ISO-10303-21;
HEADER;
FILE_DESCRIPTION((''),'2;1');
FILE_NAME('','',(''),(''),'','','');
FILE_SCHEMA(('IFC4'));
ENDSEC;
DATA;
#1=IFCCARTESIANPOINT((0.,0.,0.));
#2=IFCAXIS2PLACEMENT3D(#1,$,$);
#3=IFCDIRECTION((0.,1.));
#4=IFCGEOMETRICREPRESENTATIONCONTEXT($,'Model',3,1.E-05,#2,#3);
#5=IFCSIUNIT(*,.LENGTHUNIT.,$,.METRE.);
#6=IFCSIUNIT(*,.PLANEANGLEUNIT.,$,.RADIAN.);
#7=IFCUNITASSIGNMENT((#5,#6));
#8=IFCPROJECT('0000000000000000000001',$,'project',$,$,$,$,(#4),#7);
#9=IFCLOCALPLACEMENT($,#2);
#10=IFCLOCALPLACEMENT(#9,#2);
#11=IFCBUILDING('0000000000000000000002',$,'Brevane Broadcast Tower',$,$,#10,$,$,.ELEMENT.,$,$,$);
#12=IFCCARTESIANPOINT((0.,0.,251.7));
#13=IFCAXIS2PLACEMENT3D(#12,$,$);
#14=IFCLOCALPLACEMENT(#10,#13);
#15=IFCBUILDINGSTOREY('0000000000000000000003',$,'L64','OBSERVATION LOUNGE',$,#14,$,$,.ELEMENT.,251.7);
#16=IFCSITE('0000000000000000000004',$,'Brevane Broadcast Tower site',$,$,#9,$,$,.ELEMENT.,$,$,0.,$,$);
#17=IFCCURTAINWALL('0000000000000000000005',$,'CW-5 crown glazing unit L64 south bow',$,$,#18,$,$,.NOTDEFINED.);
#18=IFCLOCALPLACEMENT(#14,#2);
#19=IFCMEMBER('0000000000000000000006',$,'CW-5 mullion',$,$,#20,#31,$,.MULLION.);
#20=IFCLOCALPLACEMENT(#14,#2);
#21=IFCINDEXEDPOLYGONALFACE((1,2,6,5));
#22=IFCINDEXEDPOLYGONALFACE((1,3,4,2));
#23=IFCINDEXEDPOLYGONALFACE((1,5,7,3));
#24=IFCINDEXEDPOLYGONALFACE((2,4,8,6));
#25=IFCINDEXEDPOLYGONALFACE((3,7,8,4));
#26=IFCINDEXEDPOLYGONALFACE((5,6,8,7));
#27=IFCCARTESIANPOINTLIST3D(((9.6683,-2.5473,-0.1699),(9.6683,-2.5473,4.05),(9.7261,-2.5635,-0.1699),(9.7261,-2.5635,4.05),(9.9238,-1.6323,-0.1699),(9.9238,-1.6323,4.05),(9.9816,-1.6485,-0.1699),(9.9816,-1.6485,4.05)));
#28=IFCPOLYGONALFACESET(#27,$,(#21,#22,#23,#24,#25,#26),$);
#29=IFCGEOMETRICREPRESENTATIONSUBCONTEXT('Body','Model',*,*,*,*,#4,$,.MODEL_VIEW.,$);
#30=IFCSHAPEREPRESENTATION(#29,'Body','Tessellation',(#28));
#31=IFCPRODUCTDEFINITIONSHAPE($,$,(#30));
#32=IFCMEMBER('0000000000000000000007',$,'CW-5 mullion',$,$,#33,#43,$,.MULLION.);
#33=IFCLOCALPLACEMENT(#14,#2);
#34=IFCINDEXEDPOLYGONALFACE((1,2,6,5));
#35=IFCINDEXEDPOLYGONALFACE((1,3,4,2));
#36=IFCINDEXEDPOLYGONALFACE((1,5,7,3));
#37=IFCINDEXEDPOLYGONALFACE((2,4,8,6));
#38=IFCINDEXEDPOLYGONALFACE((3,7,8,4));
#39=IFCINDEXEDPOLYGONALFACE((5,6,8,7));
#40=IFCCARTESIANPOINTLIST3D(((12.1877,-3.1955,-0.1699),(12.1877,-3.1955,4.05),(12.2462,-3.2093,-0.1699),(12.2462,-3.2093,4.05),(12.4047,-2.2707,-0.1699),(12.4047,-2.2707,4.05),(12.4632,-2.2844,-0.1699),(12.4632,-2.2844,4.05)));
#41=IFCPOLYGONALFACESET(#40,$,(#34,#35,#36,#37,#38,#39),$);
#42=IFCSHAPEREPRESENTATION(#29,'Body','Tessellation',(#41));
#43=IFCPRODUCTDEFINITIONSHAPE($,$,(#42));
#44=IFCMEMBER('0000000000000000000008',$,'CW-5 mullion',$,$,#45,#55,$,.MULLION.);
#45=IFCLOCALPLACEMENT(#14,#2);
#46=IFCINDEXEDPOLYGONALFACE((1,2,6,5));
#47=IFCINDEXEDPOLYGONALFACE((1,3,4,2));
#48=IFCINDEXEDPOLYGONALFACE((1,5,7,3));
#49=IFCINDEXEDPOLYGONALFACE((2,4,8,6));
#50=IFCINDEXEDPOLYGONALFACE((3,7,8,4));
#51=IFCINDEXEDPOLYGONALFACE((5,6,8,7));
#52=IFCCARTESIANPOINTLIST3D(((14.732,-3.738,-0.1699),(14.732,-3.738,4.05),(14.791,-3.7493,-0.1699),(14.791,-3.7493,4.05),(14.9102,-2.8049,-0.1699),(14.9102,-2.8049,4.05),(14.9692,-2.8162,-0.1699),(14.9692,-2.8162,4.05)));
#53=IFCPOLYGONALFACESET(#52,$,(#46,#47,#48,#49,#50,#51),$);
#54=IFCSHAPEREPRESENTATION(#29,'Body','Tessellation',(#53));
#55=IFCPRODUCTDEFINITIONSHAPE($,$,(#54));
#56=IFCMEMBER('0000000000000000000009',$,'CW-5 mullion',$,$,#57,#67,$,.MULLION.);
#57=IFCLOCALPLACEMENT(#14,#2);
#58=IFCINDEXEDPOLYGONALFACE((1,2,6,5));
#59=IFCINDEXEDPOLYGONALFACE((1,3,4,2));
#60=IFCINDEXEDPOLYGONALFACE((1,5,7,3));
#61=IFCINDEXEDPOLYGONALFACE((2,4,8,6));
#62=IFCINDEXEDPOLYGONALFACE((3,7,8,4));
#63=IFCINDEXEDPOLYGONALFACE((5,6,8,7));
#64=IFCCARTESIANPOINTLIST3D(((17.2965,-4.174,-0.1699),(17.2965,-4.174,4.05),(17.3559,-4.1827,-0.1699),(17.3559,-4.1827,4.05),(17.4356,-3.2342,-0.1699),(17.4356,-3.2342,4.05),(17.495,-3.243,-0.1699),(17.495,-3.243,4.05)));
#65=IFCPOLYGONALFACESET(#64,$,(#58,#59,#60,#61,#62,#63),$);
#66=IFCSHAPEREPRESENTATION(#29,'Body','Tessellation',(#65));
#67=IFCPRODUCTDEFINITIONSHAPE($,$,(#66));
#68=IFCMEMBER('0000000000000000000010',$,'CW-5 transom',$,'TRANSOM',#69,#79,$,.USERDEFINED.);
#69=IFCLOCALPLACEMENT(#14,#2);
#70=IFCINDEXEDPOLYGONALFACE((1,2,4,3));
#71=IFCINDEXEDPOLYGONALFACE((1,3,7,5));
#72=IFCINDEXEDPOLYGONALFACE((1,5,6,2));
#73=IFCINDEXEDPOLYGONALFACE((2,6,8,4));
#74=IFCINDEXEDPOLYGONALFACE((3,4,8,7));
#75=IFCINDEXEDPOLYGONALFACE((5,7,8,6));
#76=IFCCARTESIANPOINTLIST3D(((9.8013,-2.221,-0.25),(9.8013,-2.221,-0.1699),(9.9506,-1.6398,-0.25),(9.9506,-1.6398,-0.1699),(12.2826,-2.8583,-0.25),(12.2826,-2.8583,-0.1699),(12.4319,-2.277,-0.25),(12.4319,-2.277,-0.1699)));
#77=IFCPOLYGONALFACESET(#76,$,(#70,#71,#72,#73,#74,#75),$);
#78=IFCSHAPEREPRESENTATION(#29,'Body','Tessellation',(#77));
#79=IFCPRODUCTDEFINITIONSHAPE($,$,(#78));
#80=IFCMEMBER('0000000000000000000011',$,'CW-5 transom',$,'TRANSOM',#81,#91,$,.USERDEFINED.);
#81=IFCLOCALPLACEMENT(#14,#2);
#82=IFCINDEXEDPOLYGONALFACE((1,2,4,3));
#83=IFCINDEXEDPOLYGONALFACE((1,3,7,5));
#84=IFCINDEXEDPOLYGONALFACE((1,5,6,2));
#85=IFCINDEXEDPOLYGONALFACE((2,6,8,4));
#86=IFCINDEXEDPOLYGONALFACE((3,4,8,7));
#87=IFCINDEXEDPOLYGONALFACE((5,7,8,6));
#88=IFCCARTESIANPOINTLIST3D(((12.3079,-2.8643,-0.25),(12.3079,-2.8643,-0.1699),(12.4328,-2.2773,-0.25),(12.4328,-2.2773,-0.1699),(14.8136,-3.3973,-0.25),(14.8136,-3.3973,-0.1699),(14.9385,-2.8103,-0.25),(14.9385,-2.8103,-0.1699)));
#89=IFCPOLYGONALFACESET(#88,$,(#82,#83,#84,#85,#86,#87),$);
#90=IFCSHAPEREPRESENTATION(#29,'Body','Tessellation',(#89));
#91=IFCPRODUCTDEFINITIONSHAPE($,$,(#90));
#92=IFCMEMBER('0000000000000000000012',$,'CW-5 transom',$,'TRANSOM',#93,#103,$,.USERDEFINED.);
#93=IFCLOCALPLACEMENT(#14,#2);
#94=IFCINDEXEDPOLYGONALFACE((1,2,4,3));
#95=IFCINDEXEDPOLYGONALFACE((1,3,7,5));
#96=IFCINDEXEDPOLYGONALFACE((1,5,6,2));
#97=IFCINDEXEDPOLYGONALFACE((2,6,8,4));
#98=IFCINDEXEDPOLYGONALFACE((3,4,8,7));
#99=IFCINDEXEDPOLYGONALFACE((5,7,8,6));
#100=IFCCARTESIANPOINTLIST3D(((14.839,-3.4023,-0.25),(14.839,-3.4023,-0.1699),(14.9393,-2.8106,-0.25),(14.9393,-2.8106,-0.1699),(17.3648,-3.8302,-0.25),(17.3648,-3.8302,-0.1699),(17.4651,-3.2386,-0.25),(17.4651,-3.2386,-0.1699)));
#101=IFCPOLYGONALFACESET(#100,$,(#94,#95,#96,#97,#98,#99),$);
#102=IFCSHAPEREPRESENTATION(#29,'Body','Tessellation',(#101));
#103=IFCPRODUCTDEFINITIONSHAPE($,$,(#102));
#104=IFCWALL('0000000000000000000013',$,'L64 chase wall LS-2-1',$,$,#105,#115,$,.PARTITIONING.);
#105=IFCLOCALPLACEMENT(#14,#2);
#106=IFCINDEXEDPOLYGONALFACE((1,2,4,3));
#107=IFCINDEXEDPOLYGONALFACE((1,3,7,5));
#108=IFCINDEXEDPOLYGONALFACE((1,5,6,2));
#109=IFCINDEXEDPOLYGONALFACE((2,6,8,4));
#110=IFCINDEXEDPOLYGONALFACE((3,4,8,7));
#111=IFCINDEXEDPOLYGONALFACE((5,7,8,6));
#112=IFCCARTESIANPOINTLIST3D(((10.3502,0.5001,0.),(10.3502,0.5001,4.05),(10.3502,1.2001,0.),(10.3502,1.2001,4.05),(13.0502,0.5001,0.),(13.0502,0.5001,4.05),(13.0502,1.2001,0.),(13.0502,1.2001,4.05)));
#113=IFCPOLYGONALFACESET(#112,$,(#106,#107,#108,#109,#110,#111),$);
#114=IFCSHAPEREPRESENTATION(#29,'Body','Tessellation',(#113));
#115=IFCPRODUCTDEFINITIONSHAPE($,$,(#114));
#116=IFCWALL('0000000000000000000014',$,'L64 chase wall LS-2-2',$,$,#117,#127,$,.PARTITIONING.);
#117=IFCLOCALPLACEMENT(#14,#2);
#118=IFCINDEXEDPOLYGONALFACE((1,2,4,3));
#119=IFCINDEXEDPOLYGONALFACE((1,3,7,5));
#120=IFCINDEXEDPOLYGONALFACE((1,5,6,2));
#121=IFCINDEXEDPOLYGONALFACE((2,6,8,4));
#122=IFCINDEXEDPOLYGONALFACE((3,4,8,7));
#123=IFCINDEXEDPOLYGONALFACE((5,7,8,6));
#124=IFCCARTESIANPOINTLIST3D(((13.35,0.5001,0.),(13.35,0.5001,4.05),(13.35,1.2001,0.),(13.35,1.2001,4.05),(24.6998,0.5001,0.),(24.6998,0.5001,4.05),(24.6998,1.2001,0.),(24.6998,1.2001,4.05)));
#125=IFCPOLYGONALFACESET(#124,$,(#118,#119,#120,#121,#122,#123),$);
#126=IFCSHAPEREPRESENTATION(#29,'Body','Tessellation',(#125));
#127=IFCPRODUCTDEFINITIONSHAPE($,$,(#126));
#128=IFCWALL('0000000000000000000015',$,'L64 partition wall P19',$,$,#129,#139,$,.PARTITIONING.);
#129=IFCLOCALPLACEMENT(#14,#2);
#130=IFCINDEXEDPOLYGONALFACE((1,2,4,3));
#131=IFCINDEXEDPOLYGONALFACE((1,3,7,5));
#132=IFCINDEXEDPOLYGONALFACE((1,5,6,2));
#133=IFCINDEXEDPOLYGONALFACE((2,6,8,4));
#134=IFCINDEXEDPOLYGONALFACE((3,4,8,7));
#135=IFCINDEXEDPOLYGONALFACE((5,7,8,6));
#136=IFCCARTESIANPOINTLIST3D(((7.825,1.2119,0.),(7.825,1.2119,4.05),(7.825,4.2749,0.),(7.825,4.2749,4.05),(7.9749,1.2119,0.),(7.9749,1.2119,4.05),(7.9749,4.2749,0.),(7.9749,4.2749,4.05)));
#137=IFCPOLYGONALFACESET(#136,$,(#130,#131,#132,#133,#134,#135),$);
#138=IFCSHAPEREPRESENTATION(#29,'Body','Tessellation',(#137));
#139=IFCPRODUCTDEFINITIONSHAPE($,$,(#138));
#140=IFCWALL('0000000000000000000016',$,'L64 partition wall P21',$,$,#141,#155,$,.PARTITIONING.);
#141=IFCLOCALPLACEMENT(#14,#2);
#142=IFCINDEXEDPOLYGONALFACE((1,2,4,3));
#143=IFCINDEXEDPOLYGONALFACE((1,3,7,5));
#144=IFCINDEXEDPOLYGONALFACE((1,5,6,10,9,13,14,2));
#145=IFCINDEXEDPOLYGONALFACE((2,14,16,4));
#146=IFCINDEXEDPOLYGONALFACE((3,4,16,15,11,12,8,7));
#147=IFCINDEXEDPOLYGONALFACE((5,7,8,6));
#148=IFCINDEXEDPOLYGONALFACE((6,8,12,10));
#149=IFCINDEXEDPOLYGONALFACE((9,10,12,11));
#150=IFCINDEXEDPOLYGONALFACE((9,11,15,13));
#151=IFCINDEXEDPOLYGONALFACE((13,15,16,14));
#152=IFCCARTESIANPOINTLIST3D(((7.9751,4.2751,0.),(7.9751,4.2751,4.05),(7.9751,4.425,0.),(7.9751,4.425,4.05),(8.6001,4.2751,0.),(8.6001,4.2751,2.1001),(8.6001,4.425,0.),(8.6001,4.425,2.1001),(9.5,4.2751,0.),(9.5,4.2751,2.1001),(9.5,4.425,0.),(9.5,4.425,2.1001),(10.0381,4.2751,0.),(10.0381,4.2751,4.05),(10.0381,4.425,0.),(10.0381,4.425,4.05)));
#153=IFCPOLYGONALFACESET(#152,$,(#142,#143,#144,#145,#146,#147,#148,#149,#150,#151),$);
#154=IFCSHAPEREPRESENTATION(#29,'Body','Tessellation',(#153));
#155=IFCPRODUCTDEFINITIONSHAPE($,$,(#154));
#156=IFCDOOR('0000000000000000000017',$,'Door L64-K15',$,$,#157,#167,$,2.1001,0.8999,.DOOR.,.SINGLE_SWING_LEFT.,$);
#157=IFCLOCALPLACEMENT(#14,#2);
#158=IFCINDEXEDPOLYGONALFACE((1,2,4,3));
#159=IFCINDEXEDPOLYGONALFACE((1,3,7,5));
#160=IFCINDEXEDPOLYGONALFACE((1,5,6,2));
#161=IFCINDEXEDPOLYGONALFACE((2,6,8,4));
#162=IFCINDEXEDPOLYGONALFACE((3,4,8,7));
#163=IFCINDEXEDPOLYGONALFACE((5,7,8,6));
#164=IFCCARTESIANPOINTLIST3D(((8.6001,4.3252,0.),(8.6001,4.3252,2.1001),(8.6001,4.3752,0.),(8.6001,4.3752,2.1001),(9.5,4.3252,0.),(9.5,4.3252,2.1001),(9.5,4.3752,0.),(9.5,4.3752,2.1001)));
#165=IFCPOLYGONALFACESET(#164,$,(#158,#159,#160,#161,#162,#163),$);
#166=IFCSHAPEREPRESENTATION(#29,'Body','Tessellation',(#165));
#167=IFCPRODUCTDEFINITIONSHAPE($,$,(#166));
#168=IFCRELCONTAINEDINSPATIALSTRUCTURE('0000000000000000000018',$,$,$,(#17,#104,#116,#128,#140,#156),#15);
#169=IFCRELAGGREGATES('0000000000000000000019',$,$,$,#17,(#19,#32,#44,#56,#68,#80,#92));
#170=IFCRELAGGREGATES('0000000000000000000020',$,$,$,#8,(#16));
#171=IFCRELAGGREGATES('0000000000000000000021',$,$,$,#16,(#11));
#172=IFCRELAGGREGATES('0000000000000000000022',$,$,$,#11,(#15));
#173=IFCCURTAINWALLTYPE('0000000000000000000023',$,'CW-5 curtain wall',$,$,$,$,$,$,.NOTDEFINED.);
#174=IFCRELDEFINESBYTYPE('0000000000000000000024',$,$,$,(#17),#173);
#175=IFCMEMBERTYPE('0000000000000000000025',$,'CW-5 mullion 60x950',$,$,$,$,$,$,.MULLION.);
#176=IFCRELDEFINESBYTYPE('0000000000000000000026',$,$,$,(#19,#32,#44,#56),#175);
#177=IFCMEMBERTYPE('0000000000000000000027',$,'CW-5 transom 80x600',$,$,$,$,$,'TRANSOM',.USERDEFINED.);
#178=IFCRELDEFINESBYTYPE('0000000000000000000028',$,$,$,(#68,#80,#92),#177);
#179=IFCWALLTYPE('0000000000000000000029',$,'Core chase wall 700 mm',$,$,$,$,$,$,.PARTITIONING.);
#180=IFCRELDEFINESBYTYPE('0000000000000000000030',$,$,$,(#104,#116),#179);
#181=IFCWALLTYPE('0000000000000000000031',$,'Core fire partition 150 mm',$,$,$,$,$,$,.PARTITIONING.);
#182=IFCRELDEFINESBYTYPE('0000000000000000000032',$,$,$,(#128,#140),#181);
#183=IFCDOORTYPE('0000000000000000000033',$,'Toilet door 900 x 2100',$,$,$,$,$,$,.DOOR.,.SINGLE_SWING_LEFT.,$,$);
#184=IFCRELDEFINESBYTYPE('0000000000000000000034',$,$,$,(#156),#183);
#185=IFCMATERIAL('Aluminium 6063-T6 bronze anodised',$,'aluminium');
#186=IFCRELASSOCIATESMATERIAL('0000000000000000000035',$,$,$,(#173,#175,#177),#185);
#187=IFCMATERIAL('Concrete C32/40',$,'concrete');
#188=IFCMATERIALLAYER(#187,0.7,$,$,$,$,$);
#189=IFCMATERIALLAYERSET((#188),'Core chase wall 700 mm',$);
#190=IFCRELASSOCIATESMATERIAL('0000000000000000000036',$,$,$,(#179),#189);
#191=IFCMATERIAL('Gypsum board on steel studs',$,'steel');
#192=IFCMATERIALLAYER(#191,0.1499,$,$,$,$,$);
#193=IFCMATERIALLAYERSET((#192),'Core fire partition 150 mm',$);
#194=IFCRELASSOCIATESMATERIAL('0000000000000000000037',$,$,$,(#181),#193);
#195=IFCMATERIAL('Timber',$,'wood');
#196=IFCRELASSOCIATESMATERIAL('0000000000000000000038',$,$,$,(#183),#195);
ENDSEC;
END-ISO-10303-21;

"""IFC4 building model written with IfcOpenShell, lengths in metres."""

from ifc_helpers import new_model, si_unit, direction, frame, frame_2d, origin, origin_2d, place, context, subcontext, project, spatial, rectangle, extrude, material, layer, layer_set, material_profile, profile_set, type_object, element, fill, aggregate, save


model = new_model("IFC4")

# Units and contexts
model_context = context("Model", 3, precision=1e-05, world=origin(), true_north=direction((0.0, 1.0)))
body_context = subcontext(model_context, "Body", "Model", "MODEL_VIEW")
ifc_project = project(units=[si_unit("LENGTHUNIT", "METRE"), si_unit("PLANEANGLEUNIT", "RADIAN")], contexts=[model_context])

# Site, building, storey
site_placement = place(None, origin())
site = spatial("IfcSite", under=ifc_project, at=site_placement, Name="Brevane Broadcast Tower site", CompositionType="ELEMENT", RefElevation=0.0)
building_placement = place(site_placement, origin())
building = spatial("IfcBuilding", under=site, at=building_placement, Name="Brevane Broadcast Tower", CompositionType="ELEMENT")
storey_placement = place(building_placement, frame((0.0, 0.0, 251.7)))
storey = spatial("IfcBuildingStorey", under=building, at=storey_placement, Name="L64", Description="OBSERVATION LOUNGE", CompositionType="ELEMENT", Elevation=251.7)

# Curtain wall, members
ifc_material_1 = material(Name="Aluminium 6063-T6 bronze anodised", Category="aluminium")
curtain_wall_type = type_object("IfcCurtainWallType", Name="CW-5 curtain wall", PredefinedType="NOTDEFINED", material=ifc_material_1)
curtain_wall_placement = place(storey_placement, origin())
curtain_wall = element("IfcCurtainWall", 1, at=curtain_wall_placement, inside=storey, type_object=curtain_wall_type, Name="CW-5 crown glazing unit L64 south bow", PredefinedType="NOTDEFINED")
ifc_material_profile_1 = material_profile(ifc_material_1, rectangle(XDim=0.95, YDim=0.0601, at=origin_2d()), Name="RECT 60x950")
ifc_profile_set_1 = profile_set([ifc_material_profile_1], Name="Aluminium 6063-T6 bronze anodised")
member_type_1 = type_object("IfcMemberType", Name="CW-5 mullion 60x950", PredefinedType="MULLION", material=ifc_profile_set_1)
member_1_placement = place(storey_placement, frame((9.825, -2.0979, -0.1699), z_axis=(0.0, 0.0, 1.0), x_axis=(0.268916, 0.963164, 0.0)))
member_1 = element("IfcMember", 2, at=member_1_placement, type_object=member_type_1, Name="CW-5 mullion", PredefinedType="MULLION", context=body_context, shape_type="SweptSolid", body=[
    extrude(rectangle(XDim=0.95, YDim=0.0601, at=origin_2d()), origin(), (0.0, 0.0, 1.0), 4.22),
])
member_2_placement = place(storey_placement, frame((12.3254, -2.74, -0.1699), z_axis=(0.0, 0.0, 1.0), x_axis=(0.228467, 0.973552, 0.0)))
member_2 = element("IfcMember", 3, at=member_2_placement, type_object=member_type_1, Name="CW-5 mullion", PredefinedType="MULLION", context=body_context, shape_type="SweptSolid", body=[
    extrude(rectangle(XDim=0.95, YDim=0.0601, at=origin_2d()), origin(), (0.0, 0.0, 1.0), 4.22),
])
member_3_placement = place(storey_placement, frame((14.8506, -3.2771, -0.1699), z_axis=(0.0, 0.0, 1.0), x_axis=(0.187621, 0.982242, 0.0)))
member_3 = element("IfcMember", 4, at=member_3_placement, type_object=member_type_1, Name="CW-5 mullion", PredefinedType="MULLION", context=body_context, shape_type="SweptSolid", body=[
    extrude(rectangle(XDim=0.95, YDim=0.0601, at=origin_2d()), origin(), (0.0, 0.0, 1.0), 4.22),
])
member_4_placement = place(storey_placement, frame((17.3958, -3.7085, -0.1699), z_axis=(0.0, 0.0, 1.0), x_axis=(0.146447, 0.989218, 0.0)))
member_4 = element("IfcMember", 5, at=member_4_placement, type_object=member_type_1, Name="CW-5 mullion", PredefinedType="MULLION", context=body_context, shape_type="SweptSolid", body=[
    extrude(rectangle(XDim=0.95, YDim=0.0601, at=origin_2d()), origin(), (0.0, 0.0, 1.0), 4.22),
])
ifc_material_profile_2 = material_profile(ifc_material_1, rectangle(XDim=0.6001, YDim=0.0801, at=origin_2d()), Name="RECT 80x600")
ifc_profile_set_2 = profile_set([ifc_material_profile_2], Name="Aluminium 6063-T6 bronze anodised")
member_type_2 = type_object("IfcMemberType", Name="CW-5 transom 80x600", ElementType="TRANSOM", PredefinedType="USERDEFINED", material=ifc_profile_set_2)
member_5_placement = place(storey_placement, frame((9.876, -1.9304, -0.21), z_axis=(0.96857, -0.248742, 0.0), x_axis=(0.248742, 0.96857, 0.0)))
member_5 = element("IfcMember", 6, at=member_5_placement, type_object=member_type_2, Name="CW-5 transom", ObjectType="TRANSOM", PredefinedType="USERDEFINED", context=body_context, shape_type="SweptSolid", body=[
    extrude(rectangle(XDim=0.6001, YDim=0.0801, at=origin_2d()), origin(), (0.0, 0.0, 1.0), 2.5618),
])
member_6_placement = place(storey_placement, frame((12.3704, -2.5708, -0.21), z_axis=(0.978118, -0.208051, 0.0), x_axis=(0.208051, 0.978118, 0.0)))
member_6 = element("IfcMember", 7, at=member_6_placement, type_object=member_type_2, Name="CW-5 transom", ObjectType="TRANSOM", PredefinedType="USERDEFINED", context=body_context, shape_type="SweptSolid", body=[
    extrude(rectangle(XDim=0.6001, YDim=0.0801, at=origin_2d()), origin(), (0.0, 0.0, 1.0), 2.5618),
])
member_7_placement = place(storey_placement, frame((14.8892, -3.1064, -0.21), z_axis=(0.985947, -0.167056, 0.0), x_axis=(0.167056, 0.985947, 0.0)))
member_7 = element("IfcMember", 8, at=member_7_placement, type_object=member_type_2, Name="CW-5 transom", ObjectType="TRANSOM", PredefinedType="USERDEFINED", context=body_context, shape_type="SweptSolid", body=[
    extrude(rectangle(XDim=0.6001, YDim=0.0801, at=origin_2d()), origin(), (0.0, 0.0, 1.0), 2.5618),
])
aggregate(curtain_wall, [member_1, member_2, member_3, member_4, member_5, member_6, member_7])

# Walls
ifc_material_2 = material(Name="Concrete C32/40", Category="concrete")
ifc_layer_1 = layer(ifc_material_2, 0.7)
ifc_layer_set_1 = layer_set([ifc_layer_1], Name="Core chase wall 700 mm")
wall_type_1 = type_object("IfcWallType", Name="Core chase wall 700 mm", PredefinedType="PARTITIONING", material=ifc_layer_set_1)
wall_1_placement = place(storey_placement, frame((10.3501, 0.8501, 0.0), z_axis=(0.0, 0.0, 1.0), x_axis=(1.0, 0.0, 0.0)))
element("IfcWall", 9, at=wall_1_placement, inside=storey, type_object=wall_type_1, Name="L64 chase wall LS-2-1", PredefinedType="PARTITIONING", context=body_context, shape_type="SweptSolid", body=[
    extrude(rectangle(XDim=2.7, YDim=0.7, at=frame_2d((1.3501, 0.0))), origin(), (0.0, 0.0, 1.0), 4.05),
])
wall_2_placement = place(storey_placement, frame((13.3501, 0.8501, 0.0), z_axis=(0.0, 0.0, 1.0), x_axis=(1.0, 0.0, 0.0)))
element("IfcWall", 10, at=wall_2_placement, inside=storey, type_object=wall_type_1, Name="L64 chase wall LS-2-2", PredefinedType="PARTITIONING", context=body_context, shape_type="SweptSolid", body=[
    extrude(rectangle(XDim=11.3499, YDim=0.7, at=frame_2d((5.6748, 0.0))), origin(), (0.0, 0.0, 1.0), 4.05),
])
ifc_material_3 = material(Name="Gypsum board on steel studs", Category="steel")
ifc_layer_2 = layer(ifc_material_3, 0.1499)
ifc_layer_set_2 = layer_set([ifc_layer_2], Name="Core fire partition 150 mm")
wall_type_2 = type_object("IfcWallType", Name="Core fire partition 150 mm", PredefinedType="PARTITIONING", material=ifc_layer_set_2)
wall_3_placement = place(storey_placement, frame((7.8999, 4.2749, 0.0), z_axis=(0.0, 0.0, 1.0), x_axis=(0.0, -1.0, 0.0)))
element("IfcWall", 11, at=wall_3_placement, inside=storey, type_object=wall_type_2, Name="L64 partition wall P19", PredefinedType="PARTITIONING", context=body_context, shape_type="SweptSolid", body=[
    extrude(rectangle(XDim=3.063, YDim=0.1499, at=frame_2d((1.5315, 0.0))), origin(), (0.0, 0.0, 1.0), 4.05),
])

# Wall, opening, door
wall_4_placement = place(storey_placement, frame((10.0381, 4.3501, 0.0), z_axis=(0.0, 0.0, 1.0), x_axis=(-1.0, 0.0, 0.0)))
wall_4 = element("IfcWall", 12, at=wall_4_placement, inside=storey, type_object=wall_type_2, Name="L64 partition wall P21", PredefinedType="PARTITIONING", context=body_context, shape_type="SweptSolid", body=[
    extrude(rectangle(XDim=2.063, YDim=0.1499, at=frame_2d((1.0315, 0.0))), origin(), (0.0, 0.0, 1.0), 4.05),
])
opening_1_placement = place(wall_4_placement, frame((0.5381, 0.0, 0.0)))
opening_1 = element("IfcOpeningElement", 13, at=opening_1_placement, cuts=wall_4, PredefinedType="OPENING", context=body_context, shape_type="SweptSolid", body=[
    extrude(rectangle(XDim=0.8999, YDim=2.1001, at=frame_2d((0.45, 1.05))), frame((0.0, 0.085, 0.0), z_axis=(0.0, -1.0, 0.0), x_axis=(1.0, 0.0, 0.0)), (0.0, 0.0, 1.0), 0.1699),
])
ifc_material_4 = material(Name="Timber", Category="wood")
door_type_1 = type_object("IfcDoorType", Name="Toilet door 900 x 2100", OperationType="SINGLE_SWING_LEFT", PredefinedType="DOOR", material=ifc_material_4)
door_1_placement = place(opening_1_placement, origin())
door_1 = element("IfcDoor", 14, at=door_1_placement, inside=storey, type_object=door_type_1, Name="Door L64-K15", OperationType="SINGLE_SWING_LEFT", OverallHeight=2.1001, OverallWidth=0.8999, PredefinedType="DOOR", context=body_context, shape_type="SweptSolid", body=[
    extrude(rectangle(XDim=0.8999, YDim=2.1001, at=frame_2d((0.45, 1.05))), frame((0.0, 0.0249, 0.0), z_axis=(0.0, -1.0, 0.0), x_axis=(1.0, 0.0, 0.0)), (0.0, 0.0, 1.0), 0.05),
])
fill(opening_1, door_1)

save(model, "model.ifc")
